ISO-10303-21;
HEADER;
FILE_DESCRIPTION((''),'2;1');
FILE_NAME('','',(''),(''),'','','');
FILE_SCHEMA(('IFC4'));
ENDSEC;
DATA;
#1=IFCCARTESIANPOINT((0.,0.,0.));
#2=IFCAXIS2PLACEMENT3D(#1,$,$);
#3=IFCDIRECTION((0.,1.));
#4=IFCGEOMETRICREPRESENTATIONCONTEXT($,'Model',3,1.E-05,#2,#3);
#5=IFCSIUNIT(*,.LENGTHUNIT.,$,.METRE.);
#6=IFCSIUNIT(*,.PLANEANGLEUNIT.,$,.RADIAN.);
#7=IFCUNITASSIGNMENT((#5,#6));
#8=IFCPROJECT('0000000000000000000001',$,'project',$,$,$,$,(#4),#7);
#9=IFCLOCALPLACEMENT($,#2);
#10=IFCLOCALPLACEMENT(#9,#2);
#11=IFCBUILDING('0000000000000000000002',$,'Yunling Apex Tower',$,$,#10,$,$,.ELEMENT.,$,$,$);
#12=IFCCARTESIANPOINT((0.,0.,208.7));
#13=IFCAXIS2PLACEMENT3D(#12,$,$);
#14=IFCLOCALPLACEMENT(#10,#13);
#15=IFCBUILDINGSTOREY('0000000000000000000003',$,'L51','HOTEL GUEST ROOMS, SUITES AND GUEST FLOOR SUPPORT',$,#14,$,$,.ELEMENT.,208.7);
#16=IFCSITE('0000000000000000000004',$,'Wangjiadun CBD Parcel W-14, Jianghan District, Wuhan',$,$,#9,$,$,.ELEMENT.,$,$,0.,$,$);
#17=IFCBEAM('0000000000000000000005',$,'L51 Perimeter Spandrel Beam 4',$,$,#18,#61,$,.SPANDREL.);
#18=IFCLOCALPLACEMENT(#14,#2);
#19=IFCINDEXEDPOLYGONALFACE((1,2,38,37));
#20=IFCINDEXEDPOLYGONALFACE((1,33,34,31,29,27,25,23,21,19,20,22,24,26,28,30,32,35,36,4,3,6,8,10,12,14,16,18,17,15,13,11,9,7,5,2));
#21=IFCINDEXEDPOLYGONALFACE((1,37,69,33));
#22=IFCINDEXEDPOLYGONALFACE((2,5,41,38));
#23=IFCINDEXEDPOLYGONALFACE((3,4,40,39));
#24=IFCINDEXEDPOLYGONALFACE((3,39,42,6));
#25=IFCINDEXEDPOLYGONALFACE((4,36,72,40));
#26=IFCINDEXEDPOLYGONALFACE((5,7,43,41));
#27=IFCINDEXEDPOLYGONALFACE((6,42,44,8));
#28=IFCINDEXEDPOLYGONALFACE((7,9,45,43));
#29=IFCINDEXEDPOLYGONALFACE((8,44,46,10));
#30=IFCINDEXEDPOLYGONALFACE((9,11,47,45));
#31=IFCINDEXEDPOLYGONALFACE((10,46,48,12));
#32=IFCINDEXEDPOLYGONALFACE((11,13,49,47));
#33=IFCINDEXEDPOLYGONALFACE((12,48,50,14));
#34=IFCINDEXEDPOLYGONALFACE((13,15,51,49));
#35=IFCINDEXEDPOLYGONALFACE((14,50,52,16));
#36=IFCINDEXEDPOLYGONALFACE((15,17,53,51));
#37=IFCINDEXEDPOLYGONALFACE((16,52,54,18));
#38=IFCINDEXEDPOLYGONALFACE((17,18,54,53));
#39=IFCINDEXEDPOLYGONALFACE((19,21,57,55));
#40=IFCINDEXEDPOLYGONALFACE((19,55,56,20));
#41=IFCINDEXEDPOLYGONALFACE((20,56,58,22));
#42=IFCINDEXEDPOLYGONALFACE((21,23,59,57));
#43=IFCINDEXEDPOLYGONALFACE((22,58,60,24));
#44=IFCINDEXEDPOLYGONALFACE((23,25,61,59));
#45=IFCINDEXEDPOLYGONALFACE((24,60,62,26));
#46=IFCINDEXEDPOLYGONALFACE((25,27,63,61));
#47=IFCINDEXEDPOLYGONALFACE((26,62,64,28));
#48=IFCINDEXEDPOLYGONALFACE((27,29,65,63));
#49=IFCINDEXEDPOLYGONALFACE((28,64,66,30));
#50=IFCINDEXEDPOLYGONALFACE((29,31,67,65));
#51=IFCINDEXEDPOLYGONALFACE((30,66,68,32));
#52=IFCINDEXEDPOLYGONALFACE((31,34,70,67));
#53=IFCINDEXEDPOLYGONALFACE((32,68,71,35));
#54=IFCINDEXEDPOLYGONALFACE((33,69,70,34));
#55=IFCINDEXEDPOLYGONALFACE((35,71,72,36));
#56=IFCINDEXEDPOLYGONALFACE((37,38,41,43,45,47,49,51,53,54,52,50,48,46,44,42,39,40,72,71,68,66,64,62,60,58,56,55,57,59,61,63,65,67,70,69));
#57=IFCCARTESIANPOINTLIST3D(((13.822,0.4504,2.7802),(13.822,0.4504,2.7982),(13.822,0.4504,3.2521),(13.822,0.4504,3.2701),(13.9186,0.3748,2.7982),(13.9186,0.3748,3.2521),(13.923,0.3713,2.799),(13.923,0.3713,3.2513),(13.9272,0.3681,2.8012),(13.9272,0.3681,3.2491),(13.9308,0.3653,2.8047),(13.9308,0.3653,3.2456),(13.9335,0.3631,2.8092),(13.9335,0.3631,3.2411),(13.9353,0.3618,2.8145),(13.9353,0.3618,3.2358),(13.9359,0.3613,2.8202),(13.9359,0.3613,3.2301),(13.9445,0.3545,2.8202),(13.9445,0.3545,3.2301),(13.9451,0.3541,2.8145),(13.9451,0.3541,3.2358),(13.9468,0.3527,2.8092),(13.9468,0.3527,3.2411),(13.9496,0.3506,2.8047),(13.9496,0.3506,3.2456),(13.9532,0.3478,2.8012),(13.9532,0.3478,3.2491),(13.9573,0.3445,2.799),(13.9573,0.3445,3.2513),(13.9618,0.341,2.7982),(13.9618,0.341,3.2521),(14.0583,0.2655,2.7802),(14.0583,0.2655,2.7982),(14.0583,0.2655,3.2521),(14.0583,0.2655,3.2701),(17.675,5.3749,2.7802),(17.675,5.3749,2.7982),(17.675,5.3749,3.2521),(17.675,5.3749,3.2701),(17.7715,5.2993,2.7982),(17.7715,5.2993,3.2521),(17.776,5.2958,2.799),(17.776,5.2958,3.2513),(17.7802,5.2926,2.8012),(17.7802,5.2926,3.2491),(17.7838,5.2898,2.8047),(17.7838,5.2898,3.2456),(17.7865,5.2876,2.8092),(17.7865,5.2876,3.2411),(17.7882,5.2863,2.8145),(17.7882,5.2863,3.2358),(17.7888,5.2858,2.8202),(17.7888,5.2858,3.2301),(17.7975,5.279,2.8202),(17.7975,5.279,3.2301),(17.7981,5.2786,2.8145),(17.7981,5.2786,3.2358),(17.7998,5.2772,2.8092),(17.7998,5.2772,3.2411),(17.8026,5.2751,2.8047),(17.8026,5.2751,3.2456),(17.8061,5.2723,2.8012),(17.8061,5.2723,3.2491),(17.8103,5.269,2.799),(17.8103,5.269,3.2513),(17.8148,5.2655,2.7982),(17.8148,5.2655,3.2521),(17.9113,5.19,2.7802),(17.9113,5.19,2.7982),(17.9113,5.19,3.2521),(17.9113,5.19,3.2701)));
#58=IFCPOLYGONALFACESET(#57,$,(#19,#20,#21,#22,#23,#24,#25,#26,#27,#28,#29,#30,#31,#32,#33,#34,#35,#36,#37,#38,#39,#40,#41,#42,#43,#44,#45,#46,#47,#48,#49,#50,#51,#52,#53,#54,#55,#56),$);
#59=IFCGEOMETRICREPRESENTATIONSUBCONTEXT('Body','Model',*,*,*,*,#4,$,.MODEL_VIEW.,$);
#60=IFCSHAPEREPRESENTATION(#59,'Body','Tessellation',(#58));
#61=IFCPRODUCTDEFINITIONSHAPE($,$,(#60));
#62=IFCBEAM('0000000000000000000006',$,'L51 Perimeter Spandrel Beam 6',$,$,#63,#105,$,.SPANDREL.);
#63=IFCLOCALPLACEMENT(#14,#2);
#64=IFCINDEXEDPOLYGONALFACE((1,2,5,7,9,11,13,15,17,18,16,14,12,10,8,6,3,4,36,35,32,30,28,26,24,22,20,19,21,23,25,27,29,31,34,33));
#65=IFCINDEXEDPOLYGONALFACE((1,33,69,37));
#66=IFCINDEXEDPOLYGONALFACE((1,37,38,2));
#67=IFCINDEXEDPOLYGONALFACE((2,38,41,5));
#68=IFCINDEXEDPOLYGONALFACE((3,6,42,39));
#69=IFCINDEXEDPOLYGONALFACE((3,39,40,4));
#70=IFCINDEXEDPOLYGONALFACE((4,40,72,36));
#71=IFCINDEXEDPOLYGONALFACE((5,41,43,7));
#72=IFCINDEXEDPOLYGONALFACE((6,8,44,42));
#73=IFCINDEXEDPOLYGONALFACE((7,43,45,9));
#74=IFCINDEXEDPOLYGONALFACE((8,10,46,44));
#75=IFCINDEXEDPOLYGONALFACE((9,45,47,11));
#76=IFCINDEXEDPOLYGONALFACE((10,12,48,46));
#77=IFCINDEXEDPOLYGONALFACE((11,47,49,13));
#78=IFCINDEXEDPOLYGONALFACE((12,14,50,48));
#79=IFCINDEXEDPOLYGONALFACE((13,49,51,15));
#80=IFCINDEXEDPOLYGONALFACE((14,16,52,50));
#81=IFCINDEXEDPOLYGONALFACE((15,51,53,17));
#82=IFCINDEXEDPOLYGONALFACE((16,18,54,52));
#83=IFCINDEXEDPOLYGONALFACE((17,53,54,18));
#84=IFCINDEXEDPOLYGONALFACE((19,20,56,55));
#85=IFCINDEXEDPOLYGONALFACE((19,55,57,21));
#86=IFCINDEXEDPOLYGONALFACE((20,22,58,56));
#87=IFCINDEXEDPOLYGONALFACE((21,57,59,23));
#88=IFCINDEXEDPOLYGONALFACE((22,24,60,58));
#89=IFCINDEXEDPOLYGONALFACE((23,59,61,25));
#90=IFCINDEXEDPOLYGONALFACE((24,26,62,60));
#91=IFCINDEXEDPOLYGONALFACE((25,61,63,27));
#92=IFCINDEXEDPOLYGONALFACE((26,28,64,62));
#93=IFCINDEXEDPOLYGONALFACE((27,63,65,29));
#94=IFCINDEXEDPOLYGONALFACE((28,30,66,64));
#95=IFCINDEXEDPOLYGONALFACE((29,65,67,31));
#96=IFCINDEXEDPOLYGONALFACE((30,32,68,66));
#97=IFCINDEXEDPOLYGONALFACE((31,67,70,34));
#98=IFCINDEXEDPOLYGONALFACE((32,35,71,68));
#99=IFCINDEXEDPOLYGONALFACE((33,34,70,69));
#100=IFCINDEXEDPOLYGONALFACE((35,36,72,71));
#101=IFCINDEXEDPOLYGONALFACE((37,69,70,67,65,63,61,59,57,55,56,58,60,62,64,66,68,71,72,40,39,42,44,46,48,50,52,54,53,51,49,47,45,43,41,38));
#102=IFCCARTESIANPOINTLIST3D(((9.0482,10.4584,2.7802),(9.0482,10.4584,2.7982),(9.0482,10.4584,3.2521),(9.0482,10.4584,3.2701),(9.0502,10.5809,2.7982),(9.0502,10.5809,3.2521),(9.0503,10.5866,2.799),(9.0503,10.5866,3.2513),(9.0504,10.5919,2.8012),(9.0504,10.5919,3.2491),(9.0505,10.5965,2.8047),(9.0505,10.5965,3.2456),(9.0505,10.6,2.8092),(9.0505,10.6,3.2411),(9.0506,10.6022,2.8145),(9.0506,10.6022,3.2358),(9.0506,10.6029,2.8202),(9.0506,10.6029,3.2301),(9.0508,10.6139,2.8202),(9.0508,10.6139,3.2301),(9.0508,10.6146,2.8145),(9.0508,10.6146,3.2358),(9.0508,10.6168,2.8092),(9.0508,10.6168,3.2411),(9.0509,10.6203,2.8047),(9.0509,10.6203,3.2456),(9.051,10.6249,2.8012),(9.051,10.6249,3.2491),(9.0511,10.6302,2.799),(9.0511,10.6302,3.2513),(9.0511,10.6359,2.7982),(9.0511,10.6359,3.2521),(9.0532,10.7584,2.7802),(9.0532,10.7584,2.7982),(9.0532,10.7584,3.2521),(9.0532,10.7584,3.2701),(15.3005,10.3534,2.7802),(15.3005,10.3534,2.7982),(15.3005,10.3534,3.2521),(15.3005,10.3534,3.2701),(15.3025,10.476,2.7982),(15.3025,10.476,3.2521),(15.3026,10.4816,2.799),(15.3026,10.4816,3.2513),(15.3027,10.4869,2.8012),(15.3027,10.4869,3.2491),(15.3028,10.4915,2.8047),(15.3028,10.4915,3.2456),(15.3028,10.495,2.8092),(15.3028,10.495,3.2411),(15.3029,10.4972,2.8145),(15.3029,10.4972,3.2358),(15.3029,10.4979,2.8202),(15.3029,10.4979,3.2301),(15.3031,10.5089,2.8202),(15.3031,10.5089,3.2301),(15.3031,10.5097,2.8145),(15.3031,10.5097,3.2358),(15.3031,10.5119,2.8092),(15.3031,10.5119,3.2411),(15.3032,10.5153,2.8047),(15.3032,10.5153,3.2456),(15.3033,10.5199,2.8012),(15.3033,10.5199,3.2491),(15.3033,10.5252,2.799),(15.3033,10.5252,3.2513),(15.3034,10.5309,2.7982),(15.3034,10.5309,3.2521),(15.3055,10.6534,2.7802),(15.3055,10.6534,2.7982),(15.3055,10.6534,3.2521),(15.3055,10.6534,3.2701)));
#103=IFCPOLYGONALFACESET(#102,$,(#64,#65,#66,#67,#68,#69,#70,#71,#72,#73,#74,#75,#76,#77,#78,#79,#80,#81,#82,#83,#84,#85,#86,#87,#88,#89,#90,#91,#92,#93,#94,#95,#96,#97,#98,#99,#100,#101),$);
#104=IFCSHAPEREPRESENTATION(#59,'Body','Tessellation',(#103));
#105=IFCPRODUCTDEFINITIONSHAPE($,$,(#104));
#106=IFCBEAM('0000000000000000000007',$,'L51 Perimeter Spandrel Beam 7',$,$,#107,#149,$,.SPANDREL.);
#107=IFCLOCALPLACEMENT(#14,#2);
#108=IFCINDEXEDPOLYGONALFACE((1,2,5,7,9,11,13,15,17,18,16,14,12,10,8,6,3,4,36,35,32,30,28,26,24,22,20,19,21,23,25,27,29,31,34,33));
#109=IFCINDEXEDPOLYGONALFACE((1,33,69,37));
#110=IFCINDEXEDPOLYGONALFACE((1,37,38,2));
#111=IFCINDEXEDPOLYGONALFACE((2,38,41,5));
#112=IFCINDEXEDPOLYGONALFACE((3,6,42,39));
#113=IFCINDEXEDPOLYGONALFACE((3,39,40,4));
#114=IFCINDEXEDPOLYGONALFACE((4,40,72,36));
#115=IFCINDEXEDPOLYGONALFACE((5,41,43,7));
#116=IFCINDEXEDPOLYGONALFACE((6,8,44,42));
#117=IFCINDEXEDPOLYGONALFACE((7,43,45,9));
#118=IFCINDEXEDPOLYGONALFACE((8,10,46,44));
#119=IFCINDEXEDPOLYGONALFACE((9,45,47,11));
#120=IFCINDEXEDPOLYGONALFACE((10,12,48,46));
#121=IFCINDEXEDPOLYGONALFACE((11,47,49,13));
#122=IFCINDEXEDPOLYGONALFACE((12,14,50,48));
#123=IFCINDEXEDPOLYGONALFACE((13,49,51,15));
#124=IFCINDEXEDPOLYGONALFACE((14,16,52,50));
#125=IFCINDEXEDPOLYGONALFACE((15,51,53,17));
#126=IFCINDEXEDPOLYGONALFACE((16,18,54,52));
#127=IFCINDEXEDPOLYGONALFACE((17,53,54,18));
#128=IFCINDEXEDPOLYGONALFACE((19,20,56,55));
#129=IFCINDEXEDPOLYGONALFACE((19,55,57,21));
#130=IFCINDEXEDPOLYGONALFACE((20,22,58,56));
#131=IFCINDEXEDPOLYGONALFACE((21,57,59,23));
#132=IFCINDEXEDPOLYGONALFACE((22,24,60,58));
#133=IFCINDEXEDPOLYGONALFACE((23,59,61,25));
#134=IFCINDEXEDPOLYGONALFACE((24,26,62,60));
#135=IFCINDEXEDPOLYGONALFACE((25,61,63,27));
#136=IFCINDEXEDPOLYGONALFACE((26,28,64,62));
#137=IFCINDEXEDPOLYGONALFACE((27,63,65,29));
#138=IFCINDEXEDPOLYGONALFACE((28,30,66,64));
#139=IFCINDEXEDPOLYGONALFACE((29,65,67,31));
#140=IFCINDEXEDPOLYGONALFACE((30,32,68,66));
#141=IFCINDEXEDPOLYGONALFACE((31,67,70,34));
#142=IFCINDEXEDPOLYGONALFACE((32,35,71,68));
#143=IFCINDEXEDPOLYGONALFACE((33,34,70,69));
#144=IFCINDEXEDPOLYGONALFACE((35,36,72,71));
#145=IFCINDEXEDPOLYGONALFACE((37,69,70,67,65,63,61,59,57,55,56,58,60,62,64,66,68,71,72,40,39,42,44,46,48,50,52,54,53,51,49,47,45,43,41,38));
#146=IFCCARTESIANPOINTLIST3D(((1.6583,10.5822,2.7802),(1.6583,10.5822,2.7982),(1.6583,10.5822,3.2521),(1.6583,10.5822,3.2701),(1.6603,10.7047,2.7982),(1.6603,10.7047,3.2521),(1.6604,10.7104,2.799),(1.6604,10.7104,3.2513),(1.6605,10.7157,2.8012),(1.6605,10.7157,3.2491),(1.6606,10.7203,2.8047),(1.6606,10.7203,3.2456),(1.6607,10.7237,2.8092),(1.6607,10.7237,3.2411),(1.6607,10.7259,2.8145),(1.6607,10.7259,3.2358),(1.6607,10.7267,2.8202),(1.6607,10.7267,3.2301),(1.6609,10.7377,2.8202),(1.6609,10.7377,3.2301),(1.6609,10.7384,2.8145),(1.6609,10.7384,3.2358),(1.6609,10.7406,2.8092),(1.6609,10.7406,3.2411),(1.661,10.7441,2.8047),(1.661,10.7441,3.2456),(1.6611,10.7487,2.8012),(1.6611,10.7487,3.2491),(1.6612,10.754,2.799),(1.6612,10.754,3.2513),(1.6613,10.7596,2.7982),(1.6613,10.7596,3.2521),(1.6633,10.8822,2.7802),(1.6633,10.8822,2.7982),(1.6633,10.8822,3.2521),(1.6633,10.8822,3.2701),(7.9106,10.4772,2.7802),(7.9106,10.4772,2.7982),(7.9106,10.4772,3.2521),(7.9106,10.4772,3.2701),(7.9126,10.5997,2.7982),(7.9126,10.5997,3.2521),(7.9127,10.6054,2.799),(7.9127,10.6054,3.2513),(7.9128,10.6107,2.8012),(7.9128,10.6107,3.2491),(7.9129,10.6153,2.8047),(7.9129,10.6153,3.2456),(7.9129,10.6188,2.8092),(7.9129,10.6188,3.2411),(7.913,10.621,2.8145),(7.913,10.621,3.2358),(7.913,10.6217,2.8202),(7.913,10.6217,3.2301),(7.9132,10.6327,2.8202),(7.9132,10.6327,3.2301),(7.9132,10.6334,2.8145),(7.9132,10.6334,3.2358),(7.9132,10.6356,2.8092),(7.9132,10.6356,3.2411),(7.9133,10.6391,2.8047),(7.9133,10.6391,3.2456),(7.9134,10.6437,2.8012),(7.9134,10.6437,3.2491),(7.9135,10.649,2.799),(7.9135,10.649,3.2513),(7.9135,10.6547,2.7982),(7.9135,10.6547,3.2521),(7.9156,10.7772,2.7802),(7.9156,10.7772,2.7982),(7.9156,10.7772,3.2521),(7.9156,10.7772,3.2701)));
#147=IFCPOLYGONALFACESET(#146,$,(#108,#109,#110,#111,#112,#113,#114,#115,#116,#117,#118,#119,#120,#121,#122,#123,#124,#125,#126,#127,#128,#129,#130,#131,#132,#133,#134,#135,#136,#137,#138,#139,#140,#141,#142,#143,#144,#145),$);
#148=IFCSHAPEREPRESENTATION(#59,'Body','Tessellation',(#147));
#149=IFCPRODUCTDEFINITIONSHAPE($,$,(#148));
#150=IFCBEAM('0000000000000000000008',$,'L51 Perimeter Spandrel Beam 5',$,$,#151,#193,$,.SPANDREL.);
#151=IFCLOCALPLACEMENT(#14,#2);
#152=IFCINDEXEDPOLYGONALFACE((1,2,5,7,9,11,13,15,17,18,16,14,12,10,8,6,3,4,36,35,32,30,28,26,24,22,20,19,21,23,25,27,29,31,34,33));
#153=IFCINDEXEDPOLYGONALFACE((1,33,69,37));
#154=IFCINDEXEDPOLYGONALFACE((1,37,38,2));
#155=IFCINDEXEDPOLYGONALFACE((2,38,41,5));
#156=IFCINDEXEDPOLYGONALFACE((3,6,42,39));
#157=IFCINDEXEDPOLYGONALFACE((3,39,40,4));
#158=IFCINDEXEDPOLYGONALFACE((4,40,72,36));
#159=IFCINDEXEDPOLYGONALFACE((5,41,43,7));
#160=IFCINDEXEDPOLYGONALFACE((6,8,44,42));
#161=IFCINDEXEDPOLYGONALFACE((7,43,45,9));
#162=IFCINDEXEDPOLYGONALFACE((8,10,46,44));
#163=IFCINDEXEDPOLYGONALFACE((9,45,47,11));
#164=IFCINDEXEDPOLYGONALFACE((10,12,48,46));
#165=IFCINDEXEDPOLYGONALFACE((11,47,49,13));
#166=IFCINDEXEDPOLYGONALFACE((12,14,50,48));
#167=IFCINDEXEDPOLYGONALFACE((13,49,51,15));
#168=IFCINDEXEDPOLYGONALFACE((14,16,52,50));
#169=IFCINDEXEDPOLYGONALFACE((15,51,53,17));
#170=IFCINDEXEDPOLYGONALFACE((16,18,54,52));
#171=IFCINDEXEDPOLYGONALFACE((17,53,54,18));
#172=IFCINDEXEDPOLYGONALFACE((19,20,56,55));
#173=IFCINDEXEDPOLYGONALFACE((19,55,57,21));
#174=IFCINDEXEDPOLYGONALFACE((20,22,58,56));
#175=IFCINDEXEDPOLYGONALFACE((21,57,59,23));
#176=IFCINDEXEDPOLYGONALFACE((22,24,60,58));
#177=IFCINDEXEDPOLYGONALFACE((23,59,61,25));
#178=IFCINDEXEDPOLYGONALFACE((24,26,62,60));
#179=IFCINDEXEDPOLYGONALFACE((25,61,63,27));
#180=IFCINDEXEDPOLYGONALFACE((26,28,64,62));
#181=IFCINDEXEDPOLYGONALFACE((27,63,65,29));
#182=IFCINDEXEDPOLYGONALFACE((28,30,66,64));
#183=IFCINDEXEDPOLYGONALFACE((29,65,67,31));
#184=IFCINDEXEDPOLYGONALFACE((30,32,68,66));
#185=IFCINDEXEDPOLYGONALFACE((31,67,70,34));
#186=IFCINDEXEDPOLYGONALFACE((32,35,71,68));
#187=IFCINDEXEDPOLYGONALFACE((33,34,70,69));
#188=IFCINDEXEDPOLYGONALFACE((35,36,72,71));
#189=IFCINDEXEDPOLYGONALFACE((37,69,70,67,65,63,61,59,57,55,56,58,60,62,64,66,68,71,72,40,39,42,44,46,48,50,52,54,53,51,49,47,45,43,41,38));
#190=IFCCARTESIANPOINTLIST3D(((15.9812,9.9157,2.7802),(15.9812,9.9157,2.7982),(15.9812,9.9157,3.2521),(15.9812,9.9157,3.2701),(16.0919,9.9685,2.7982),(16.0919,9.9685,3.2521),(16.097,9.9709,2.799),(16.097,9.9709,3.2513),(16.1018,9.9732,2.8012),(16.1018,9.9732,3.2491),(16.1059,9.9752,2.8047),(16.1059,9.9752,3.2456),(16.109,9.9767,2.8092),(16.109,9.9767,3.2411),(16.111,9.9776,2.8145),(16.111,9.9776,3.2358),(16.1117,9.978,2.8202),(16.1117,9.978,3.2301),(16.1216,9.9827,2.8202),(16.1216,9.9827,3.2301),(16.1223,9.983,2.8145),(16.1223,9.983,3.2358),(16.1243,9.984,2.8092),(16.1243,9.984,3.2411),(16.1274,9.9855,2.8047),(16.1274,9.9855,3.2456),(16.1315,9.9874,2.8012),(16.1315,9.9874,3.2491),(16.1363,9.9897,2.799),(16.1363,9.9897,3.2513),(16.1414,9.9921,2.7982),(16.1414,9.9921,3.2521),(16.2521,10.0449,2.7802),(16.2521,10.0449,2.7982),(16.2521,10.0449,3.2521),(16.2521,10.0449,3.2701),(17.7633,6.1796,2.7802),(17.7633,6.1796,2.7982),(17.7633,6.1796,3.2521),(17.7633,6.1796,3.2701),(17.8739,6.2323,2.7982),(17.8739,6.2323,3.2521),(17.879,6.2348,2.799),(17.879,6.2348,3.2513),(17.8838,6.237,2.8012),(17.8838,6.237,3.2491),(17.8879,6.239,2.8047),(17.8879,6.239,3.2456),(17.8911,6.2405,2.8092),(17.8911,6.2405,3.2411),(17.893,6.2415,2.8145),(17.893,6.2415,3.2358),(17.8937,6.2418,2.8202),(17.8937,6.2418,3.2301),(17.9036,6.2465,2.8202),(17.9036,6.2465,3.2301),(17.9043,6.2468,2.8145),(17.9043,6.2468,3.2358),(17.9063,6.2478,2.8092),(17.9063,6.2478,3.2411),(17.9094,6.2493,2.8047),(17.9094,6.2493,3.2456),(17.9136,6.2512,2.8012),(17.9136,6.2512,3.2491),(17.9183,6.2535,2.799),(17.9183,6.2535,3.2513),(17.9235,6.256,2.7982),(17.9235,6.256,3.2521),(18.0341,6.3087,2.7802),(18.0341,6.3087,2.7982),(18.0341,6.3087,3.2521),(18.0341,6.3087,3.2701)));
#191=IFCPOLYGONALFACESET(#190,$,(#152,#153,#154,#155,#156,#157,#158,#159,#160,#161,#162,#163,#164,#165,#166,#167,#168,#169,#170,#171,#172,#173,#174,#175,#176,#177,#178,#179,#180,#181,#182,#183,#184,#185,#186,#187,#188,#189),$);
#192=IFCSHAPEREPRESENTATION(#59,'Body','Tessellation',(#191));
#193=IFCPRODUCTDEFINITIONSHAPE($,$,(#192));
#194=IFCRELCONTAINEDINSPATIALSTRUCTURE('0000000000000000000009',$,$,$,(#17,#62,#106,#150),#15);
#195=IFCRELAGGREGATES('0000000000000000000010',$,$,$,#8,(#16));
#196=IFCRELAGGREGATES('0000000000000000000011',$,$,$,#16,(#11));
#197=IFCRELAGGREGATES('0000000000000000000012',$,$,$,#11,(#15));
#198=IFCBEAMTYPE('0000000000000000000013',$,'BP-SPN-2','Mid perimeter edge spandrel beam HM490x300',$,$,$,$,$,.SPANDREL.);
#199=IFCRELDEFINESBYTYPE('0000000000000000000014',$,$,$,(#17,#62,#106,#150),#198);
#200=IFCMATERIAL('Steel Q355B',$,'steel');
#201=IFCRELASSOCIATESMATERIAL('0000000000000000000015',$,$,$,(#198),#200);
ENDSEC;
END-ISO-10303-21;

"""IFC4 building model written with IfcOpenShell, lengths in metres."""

from ifc_helpers import new_model, si_unit, direction, frame, origin, origin_2d, place, context, subcontext, project, spatial, i_section, extrude, source, transform, mapped, material, material_profile, profile_set, type_object, element, save


model = new_model("IFC4")

# Units and contexts
model_context = context("Model", 3, precision=1e-05, world=origin(), true_north=direction((0.0, 1.0)))
body_context = subcontext(model_context, "Body", "Model", "MODEL_VIEW")
ifc_project = project(units=[si_unit("LENGTHUNIT", "METRE"), si_unit("PLANEANGLEUNIT", "RADIAN")], contexts=[model_context])

# Site, building, storey
site_placement = place(None, origin())
site = spatial("IfcSite", under=ifc_project, at=site_placement, Name="Wangjiadun CBD Parcel W-14, Jianghan District, Wuhan", CompositionType="ELEMENT", RefElevation=0.0)
building_placement = place(site_placement, origin())
building = spatial("IfcBuilding", under=site, at=building_placement, Name="Yunling Apex Tower", CompositionType="ELEMENT")
storey_placement = place(building_placement, frame((0.0, 0.0, 208.7)))
storey = spatial("IfcBuildingStorey", under=building, at=storey_placement, Name="L51", Description="HOTEL GUEST ROOMS, SUITES AND GUEST FLOOR SUPPORT", CompositionType="ELEMENT", Elevation=208.7)

# Beams
ifc_material_1 = material(Name="Steel Q355B", Category="steel")
ifc_material_profile_1 = material_profile(ifc_material_1, i_section(OverallWidth=0.3, OverallDepth=0.49, WebThickness=0.011, FlangeThickness=0.0181, FilletRadius=0.022, at=origin_2d()))
ifc_profile_set_1 = profile_set([ifc_material_profile_1], Name="Steel Q355B")
beam_type_1 = type_object("IfcBeamType", Name="BP-SPN-2", Description="Mid perimeter edge spandrel beam HM490x300", PredefinedType="SPANDREL", material=ifc_profile_set_1)
shared_shape_1 = source(origin(), body_context, "Body", "SweptSolid", [
    extrude(i_section(OverallWidth=0.3, OverallDepth=0.49, WebThickness=0.011, FlangeThickness=0.0181, FilletRadius=0.022, at=origin_2d()), origin(), (0.0, 0.0, 1.0), 6.2527),
])
beam_1_placement = place(storey_placement, frame((13.9402, 0.3579, 3.0251), z_axis=(0.616211, 0.787581, 0.0), x_axis=(-0.787581, 0.616211, 0.0)))
element("IfcBeam", 1, at=beam_1_placement, inside=storey, type_object=beam_type_1, Name="L51 Perimeter Spandrel Beam 4", PredefinedType="SPANDREL", context=body_context, shape_type="MappedRepresentation", body=[
    mapped(shared_shape_1, transform((0.0, 0.0, 0.0), scale=1.0)),
])
shared_shape_2 = source(origin(), body_context, "Body", "SweptSolid", [
    extrude(i_section(OverallWidth=0.3, OverallDepth=0.49, WebThickness=0.011, FlangeThickness=0.0181, FilletRadius=0.022, at=origin_2d()), origin(), (0.0, 0.0, 1.0), 6.2532),
])
for number, where, z_axis, x_axis, name in (
    (2, (15.303, 10.5034, 3.0251), (-0.999859, 0.016789, 0.0), (-0.016789, -0.999859, 0.0), "L51 Perimeter Spandrel Beam 6"),
    (3, (7.9131, 10.6272, 3.0251), (-0.999859, 0.016789, 0.0), (-0.016789, -0.999859, 0.0), "L51 Perimeter Spandrel Beam 7"),
):
    element("IfcBeam", number, at=place(storey_placement, frame(where, z_axis=z_axis, x_axis=x_axis)), inside=storey, type_object=beam_type_1, Name=name, PredefinedType="SPANDREL", context=body_context, shape_type="MappedRepresentation", body=[
        mapped(shared_shape_2, transform((0.0, 0.0, 0.0), scale=1.0)),
    ])
shared_shape_3 = source(origin(), body_context, "Body", "SweptSolid", [
    extrude(i_section(OverallWidth=0.3, OverallDepth=0.49, WebThickness=0.011, FlangeThickness=0.0181, FilletRadius=0.022, at=origin_2d()), origin(), (0.0, 0.0, 1.0), 4.1394),
])
beam_2_placement = place(storey_placement, frame((17.8987, 6.2441, 3.0251), z_axis=(-0.430504, 0.902589, 0.0), x_axis=(-0.902589, -0.430504, 0.0)))
element("IfcBeam", 4, at=beam_2_placement, inside=storey, type_object=beam_type_1, Name="L51 Perimeter Spandrel Beam 5", PredefinedType="SPANDREL", context=body_context, shape_type="MappedRepresentation", body=[
    mapped(shared_shape_3, transform((0.0, 0.0, 0.0), scale=1.0)),
])

save(model, "model.ifc")
